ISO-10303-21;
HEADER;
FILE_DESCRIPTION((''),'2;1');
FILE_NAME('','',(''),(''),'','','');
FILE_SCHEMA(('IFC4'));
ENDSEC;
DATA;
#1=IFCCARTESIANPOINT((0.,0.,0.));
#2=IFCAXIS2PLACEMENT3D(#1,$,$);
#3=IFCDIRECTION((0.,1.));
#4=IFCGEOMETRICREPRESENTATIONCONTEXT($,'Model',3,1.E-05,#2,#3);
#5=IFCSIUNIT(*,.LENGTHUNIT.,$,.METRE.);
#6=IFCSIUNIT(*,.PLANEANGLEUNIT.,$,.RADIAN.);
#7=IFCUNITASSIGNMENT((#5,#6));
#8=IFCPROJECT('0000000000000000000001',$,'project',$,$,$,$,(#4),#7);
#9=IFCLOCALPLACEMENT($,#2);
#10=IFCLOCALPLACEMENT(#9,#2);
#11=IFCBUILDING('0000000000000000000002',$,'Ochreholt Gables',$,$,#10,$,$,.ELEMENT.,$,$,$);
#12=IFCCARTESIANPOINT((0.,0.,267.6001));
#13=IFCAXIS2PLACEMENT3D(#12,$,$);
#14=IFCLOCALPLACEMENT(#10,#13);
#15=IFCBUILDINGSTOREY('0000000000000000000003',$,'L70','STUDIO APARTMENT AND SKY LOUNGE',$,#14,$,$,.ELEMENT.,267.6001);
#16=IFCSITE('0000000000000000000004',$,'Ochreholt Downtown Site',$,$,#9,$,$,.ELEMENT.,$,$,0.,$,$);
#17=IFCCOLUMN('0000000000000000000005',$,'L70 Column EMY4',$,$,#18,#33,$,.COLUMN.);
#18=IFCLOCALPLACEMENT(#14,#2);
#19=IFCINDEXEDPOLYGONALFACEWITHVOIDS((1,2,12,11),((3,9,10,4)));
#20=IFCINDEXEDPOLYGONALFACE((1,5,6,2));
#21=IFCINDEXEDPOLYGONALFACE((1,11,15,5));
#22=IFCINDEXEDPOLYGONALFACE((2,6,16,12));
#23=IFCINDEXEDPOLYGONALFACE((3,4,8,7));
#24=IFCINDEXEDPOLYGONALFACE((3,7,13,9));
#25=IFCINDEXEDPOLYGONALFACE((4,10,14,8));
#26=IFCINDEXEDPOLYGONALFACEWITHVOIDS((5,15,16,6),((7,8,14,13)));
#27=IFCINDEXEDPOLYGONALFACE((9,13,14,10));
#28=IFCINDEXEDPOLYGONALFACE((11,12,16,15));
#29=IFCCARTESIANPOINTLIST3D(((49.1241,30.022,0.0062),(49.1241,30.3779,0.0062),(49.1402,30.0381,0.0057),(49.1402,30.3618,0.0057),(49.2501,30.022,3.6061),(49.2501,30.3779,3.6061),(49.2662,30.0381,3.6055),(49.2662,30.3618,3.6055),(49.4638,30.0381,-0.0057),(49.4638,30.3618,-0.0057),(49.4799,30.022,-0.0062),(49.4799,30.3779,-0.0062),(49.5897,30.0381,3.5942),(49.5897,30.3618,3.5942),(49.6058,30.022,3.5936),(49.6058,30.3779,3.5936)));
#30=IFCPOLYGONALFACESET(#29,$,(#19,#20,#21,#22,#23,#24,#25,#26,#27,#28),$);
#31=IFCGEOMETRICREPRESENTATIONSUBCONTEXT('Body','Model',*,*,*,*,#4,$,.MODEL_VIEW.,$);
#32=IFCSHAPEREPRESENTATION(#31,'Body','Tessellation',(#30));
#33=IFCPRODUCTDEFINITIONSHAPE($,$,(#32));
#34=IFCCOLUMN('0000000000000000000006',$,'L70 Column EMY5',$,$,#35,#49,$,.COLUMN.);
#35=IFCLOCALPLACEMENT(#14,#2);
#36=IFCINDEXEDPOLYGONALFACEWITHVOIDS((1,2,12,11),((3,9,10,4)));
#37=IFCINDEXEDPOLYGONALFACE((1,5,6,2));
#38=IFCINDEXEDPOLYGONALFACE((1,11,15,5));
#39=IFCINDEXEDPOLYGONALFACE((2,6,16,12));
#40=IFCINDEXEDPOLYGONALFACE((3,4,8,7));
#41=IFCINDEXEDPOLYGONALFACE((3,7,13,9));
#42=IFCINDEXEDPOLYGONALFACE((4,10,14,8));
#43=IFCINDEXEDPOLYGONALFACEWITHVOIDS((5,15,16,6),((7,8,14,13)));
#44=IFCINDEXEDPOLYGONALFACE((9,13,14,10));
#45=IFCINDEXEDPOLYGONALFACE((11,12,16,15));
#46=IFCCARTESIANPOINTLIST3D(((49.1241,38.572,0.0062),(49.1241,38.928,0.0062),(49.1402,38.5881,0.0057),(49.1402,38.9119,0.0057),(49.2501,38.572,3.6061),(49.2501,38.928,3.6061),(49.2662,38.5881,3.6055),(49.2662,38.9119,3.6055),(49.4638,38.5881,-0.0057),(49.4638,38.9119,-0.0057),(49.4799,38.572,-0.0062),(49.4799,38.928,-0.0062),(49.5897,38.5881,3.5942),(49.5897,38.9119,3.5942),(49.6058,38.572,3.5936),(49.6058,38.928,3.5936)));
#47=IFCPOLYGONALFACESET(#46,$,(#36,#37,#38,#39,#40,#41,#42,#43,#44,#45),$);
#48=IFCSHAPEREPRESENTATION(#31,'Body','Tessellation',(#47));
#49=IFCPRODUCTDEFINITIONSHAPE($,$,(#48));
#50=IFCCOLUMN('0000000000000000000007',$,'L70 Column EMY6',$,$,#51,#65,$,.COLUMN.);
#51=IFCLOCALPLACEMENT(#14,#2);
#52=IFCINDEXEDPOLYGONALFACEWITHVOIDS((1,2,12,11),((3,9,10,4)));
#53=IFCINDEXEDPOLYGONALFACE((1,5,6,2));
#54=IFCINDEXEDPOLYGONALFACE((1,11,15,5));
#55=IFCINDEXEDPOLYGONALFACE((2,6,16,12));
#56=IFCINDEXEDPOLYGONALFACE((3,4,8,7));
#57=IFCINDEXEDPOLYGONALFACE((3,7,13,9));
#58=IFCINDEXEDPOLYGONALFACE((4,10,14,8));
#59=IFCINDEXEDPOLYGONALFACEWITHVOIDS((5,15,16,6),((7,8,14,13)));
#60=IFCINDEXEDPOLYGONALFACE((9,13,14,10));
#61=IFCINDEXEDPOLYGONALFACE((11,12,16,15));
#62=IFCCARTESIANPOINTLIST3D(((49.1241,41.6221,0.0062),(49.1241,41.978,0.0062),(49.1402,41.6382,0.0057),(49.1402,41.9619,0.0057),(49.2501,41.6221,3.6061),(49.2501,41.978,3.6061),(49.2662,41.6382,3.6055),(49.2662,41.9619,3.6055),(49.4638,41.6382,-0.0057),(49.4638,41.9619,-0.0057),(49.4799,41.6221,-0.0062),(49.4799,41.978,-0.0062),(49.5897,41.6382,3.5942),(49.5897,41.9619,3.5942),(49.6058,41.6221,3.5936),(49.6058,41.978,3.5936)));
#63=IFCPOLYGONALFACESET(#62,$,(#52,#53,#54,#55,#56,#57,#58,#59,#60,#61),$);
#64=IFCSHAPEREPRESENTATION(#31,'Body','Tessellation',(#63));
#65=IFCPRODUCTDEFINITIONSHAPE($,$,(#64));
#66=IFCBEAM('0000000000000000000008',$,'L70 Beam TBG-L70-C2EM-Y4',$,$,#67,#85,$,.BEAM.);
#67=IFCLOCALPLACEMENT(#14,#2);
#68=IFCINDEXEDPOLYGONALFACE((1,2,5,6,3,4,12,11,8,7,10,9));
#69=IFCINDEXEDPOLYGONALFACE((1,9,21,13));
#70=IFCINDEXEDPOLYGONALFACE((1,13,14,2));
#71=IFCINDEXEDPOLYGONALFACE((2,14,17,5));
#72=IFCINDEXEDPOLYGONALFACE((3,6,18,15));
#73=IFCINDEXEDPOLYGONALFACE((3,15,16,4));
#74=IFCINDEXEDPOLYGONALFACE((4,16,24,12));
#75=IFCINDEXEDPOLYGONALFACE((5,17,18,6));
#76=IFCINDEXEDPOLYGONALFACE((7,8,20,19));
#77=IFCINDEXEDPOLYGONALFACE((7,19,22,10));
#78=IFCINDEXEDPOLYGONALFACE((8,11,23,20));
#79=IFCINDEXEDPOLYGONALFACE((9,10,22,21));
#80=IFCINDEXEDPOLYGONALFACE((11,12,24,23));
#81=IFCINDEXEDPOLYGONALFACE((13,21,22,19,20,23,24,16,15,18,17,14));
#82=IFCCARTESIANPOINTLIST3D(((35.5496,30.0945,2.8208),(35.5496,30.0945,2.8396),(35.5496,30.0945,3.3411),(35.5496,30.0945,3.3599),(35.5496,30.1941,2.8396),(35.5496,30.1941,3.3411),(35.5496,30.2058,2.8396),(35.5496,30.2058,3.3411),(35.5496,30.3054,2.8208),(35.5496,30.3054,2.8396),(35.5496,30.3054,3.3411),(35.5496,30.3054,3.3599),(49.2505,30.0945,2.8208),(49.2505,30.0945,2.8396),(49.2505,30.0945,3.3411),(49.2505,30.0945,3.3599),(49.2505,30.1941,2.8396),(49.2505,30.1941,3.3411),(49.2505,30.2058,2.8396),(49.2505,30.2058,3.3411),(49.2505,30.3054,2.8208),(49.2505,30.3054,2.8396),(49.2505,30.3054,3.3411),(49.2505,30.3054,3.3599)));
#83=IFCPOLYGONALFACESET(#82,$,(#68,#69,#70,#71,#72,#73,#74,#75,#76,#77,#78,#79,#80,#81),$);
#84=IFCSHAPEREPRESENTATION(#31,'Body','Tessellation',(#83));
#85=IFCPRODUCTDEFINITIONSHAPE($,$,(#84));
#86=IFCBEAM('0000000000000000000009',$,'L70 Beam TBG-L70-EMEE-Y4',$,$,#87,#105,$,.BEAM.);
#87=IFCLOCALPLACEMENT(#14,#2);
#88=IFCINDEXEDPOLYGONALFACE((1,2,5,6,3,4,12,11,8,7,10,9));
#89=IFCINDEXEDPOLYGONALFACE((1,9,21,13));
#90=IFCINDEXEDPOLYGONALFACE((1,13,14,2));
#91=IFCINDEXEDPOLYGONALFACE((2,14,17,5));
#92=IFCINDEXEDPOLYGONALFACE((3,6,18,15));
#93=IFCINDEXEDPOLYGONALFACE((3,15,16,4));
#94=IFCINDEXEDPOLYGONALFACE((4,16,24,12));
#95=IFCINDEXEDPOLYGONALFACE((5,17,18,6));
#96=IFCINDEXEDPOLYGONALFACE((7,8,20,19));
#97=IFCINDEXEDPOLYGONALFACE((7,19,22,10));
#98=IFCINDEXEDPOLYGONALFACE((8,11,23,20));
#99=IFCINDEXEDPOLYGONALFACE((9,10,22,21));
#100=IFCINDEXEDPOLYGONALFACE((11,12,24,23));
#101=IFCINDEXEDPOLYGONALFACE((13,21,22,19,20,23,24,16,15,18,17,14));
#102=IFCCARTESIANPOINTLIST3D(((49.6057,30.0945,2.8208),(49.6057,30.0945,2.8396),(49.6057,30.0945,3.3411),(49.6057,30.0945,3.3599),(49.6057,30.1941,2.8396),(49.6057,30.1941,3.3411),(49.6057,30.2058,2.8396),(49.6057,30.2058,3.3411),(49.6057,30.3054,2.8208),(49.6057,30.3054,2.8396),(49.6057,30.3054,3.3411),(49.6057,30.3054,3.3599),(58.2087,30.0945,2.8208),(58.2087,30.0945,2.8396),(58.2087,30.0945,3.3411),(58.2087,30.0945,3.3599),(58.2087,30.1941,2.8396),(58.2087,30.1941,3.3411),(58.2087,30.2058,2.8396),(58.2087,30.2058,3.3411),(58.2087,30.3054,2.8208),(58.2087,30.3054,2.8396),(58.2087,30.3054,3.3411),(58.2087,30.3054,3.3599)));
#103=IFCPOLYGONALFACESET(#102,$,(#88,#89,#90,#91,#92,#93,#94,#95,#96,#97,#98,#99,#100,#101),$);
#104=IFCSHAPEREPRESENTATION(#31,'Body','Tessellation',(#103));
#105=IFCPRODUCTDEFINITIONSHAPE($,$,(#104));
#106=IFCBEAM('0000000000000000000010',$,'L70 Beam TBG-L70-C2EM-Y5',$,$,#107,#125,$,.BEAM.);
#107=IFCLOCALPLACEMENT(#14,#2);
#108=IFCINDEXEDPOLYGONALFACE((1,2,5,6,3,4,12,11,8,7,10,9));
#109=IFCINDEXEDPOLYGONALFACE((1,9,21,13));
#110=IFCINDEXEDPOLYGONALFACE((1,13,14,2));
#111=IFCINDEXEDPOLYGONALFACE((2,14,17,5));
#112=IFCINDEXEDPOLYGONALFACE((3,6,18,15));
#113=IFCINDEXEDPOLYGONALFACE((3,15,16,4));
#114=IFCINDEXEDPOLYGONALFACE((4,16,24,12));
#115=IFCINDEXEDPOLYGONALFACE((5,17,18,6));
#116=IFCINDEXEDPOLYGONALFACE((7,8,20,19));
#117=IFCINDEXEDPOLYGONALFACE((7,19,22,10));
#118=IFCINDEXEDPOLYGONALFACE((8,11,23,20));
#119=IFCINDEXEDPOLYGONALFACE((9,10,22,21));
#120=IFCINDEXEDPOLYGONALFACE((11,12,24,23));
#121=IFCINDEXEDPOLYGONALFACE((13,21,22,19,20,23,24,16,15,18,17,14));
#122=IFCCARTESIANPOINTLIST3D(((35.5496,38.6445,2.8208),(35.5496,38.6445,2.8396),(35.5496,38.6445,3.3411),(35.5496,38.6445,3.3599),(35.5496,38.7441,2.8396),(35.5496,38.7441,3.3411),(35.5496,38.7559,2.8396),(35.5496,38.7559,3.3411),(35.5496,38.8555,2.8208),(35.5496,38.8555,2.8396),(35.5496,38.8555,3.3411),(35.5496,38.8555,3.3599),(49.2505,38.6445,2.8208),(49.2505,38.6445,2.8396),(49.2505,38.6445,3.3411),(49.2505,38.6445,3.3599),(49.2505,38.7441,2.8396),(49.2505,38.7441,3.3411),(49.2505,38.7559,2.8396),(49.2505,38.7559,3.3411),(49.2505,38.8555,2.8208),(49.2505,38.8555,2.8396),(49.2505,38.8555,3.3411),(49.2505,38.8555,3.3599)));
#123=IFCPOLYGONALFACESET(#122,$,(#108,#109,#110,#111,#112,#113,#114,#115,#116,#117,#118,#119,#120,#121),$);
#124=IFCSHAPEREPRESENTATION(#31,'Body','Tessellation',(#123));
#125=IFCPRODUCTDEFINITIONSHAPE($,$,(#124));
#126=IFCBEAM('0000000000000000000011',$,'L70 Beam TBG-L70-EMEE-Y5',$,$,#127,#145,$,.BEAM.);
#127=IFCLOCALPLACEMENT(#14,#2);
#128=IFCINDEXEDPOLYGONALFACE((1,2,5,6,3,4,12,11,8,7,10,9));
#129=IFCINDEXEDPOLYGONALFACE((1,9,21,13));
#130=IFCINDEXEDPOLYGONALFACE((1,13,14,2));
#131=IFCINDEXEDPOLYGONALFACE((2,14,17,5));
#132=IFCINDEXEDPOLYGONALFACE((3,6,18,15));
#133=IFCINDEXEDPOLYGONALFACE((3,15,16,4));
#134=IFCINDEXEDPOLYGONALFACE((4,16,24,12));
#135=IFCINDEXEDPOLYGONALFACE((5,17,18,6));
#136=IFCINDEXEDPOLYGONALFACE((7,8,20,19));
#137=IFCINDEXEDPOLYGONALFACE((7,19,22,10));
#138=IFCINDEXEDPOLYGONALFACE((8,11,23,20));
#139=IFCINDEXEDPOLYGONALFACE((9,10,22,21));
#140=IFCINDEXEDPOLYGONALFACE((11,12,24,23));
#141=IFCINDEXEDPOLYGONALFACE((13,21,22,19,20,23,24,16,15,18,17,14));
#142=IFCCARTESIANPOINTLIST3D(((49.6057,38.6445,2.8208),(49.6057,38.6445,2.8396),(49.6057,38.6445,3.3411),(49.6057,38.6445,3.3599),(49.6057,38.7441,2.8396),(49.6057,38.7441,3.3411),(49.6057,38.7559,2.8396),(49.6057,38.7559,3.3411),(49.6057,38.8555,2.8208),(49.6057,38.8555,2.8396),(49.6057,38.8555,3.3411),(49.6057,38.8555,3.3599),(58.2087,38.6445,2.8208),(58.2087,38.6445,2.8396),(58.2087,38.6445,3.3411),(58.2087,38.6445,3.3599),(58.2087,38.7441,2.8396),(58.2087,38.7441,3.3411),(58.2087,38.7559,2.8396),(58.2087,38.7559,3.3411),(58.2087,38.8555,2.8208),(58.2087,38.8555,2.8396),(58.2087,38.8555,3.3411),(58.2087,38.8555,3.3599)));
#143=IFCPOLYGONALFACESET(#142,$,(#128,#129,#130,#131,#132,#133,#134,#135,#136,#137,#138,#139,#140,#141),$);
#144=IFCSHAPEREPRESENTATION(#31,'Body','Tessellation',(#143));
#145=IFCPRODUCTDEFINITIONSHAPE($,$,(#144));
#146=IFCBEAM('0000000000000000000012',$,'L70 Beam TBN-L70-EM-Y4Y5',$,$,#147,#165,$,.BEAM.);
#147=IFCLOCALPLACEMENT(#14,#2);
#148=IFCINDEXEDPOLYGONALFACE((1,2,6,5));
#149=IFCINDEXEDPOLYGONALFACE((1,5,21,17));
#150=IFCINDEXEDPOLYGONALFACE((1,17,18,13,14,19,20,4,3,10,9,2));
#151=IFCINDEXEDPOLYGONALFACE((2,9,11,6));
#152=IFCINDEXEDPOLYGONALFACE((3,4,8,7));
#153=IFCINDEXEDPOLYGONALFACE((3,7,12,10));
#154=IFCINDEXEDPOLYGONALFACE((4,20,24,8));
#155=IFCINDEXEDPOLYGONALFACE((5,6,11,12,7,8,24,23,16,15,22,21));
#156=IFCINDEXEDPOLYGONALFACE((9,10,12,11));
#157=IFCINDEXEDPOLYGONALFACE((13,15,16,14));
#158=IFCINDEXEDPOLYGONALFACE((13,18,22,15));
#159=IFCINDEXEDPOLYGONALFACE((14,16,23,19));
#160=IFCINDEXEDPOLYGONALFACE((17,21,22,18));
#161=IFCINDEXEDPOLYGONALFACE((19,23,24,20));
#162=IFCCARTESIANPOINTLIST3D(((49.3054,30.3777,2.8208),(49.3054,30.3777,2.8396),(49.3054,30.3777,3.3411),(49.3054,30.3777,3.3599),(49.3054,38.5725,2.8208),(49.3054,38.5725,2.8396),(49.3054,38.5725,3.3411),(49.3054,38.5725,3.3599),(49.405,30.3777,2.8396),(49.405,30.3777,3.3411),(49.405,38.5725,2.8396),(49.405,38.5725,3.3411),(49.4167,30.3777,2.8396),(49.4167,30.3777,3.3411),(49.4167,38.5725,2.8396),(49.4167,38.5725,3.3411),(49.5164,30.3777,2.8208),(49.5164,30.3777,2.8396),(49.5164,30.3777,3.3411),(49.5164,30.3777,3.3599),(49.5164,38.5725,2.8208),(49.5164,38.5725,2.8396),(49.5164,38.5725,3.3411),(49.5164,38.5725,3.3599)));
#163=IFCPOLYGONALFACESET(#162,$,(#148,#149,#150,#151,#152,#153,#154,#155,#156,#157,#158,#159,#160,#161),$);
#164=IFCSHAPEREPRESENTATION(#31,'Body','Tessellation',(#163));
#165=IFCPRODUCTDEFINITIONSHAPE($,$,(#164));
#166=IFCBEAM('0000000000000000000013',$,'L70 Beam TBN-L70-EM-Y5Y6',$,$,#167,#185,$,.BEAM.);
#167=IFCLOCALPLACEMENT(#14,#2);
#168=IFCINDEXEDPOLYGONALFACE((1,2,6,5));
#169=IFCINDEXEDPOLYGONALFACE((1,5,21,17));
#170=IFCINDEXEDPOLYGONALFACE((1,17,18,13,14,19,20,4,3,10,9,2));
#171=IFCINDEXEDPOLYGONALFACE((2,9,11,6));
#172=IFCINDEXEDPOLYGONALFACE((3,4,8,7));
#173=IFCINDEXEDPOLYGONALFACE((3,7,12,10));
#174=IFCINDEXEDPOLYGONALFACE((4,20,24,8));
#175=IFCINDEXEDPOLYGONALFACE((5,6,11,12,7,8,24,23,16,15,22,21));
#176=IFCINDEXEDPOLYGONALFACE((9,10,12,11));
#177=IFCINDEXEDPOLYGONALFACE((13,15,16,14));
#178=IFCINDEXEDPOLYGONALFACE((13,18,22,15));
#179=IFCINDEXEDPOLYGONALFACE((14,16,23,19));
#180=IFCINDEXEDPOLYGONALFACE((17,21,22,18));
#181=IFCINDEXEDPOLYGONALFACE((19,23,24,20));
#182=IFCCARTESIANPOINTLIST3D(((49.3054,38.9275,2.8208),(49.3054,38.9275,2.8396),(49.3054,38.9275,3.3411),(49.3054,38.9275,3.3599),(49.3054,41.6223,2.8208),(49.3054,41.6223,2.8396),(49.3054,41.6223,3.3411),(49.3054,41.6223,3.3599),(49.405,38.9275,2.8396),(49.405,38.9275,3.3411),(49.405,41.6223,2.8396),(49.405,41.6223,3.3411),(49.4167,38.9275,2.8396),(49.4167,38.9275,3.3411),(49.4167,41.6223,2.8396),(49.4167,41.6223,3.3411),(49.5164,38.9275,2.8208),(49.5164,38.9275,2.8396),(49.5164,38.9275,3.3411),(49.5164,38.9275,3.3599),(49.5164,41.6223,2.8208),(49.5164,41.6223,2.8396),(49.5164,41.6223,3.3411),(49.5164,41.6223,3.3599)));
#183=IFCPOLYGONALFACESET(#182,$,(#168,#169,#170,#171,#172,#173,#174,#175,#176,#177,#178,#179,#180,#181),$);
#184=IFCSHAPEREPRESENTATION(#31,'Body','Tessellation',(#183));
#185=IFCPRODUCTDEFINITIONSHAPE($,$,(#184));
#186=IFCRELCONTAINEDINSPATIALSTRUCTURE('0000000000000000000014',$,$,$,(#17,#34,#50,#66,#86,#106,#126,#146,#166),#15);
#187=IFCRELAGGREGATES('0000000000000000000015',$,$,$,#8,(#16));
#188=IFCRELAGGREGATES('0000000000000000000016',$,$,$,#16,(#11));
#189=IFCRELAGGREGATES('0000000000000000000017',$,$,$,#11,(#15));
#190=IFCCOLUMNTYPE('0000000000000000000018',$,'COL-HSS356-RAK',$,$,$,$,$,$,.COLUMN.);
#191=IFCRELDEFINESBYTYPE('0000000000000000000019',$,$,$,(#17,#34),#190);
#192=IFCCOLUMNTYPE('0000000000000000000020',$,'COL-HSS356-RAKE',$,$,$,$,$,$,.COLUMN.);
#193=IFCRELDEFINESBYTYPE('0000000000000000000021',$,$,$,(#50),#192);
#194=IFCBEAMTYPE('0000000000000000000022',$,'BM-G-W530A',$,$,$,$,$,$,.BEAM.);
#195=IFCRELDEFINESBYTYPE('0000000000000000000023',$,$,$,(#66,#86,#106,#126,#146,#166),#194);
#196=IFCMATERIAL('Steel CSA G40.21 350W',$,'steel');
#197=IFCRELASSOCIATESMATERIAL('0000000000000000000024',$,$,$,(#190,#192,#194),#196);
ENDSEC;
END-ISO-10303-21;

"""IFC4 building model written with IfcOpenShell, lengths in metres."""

from ifc_helpers import new_model, si_unit, direction, frame, origin, origin_2d, place, context, subcontext, project, spatial, hollow_rectangle, i_section, extrude, material, material_profile, profile_set, type_object, element, save


model = new_model("IFC4")

# Units and contexts
model_context = context("Model", 3, precision=1e-05, world=origin(), true_north=direction((0.0, 1.0)))
body_context = subcontext(model_context, "Body", "Model", "MODEL_VIEW")
ifc_project = project(units=[si_unit("LENGTHUNIT", "METRE"), si_unit("PLANEANGLEUNIT", "RADIAN")], contexts=[model_context])

# Site, building, storey
site_placement = place(None, origin())
site = spatial("IfcSite", under=ifc_project, at=site_placement, Name="Ochreholt Downtown Site", CompositionType="ELEMENT", RefElevation=0.0)
building_placement = place(site_placement, origin())
building = spatial("IfcBuilding", under=site, at=building_placement, Name="Ochreholt Gables", CompositionType="ELEMENT")
storey_placement = place(building_placement, frame((0.0, 0.0, 267.6001)))
storey = spatial("IfcBuildingStorey", under=building, at=storey_placement, Name="L70", Description="STUDIO APARTMENT AND SKY LOUNGE", CompositionType="ELEMENT", Elevation=267.6001)

# Columns
ifc_material_1 = material(Name="Steel CSA G40.21 350W", Category="steel")
ifc_material_profile_1 = material_profile(ifc_material_1, hollow_rectangle(XDim=0.356, YDim=0.356, WallThickness=0.0161, at=origin_2d()), Name="HSS356X356X16")
ifc_profile_set_1 = profile_set([ifc_material_profile_1], Name="Steel CSA G40.21 350W")
column_type_1 = type_object("IfcColumnType", Name="COL-HSS356-RAK", PredefinedType="COLUMN", material=ifc_profile_set_1)
for number, where, z_axis, x_axis, name in (
    (1, (49.302, 30.2, 0.0), (0.034974, 0.0, 0.999388), (0.0, 1.0, 0.0), "L70 Column EMY4"),
    (2, (49.302, 38.75, 0.0), (0.034974, 0.0, 0.999388), (0.0, 1.0, 0.0), "L70 Column EMY5"),
):
    element("IfcColumn", number, at=place(storey_placement, frame(where, z_axis=z_axis, x_axis=x_axis)), inside=storey, type_object=column_type_1, Name=name, PredefinedType="COLUMN", context=body_context, shape_type="SweptSolid", body=[
        extrude(hollow_rectangle(XDim=0.356, YDim=0.356, WallThickness=0.0161, at=origin_2d()), origin(), (0.0, 0.0, 1.0), 3.6021),
    ])
ifc_material_profile_2 = material_profile(ifc_material_1, hollow_rectangle(XDim=0.356, YDim=0.356, WallThickness=0.0161, at=origin_2d()), Name="HSS356X356X16")
ifc_profile_set_2 = profile_set([ifc_material_profile_2], Name="Steel CSA G40.21 350W")
column_type_2 = type_object("IfcColumnType", Name="COL-HSS356-RAKE", PredefinedType="COLUMN", material=ifc_profile_set_2)
column_placement = place(storey_placement, frame((49.302, 41.8, 0.0), z_axis=(0.034974, 0.0, 0.999388), x_axis=(0.0, 1.0, 0.0)))
element("IfcColumn", 3, at=column_placement, inside=storey, type_object=column_type_2, Name="L70 Column EMY6", PredefinedType="COLUMN", context=body_context, shape_type="SweptSolid", body=[
    extrude(hollow_rectangle(XDim=0.356, YDim=0.356, WallThickness=0.0161, at=origin_2d()), origin(), (0.0, 0.0, 1.0), 3.6021),
])

# Beams
ifc_material_profile_3 = material_profile(ifc_material_1, i_section(OverallWidth=0.2109, OverallDepth=0.5391, WebThickness=0.0117, FlangeThickness=0.0188, at=origin_2d()), Name="W530X109")
ifc_profile_set_3 = profile_set([ifc_material_profile_3], Name="Steel CSA G40.21 350W")
beam_type_1 = type_object("IfcBeamType", Name="BM-G-W530A", PredefinedType="BEAM", material=ifc_profile_set_3)
beam_1_placement = place(storey_placement, frame((35.5496, 30.2, 3.0903), z_axis=(1.0, 0.0, 0.0), x_axis=(0.0, 1.0, 0.0)))
element("IfcBeam", 4, at=beam_1_placement, inside=storey, type_object=beam_type_1, Name="L70 Beam TBG-L70-C2EM-Y4", PredefinedType="BEAM", context=body_context, shape_type="SweptSolid", body=[
    extrude(i_section(OverallWidth=0.2109, OverallDepth=0.5391, WebThickness=0.0117, FlangeThickness=0.0188, at=origin_2d()), origin(), (0.0, 0.0, 1.0), 13.7009),
])
beam_2_placement = place(storey_placement, frame((49.6057, 30.2, 3.0903), z_axis=(1.0, 0.0, 0.0), x_axis=(0.0, 1.0, 0.0)))
element("IfcBeam", 5, at=beam_2_placement, inside=storey, type_object=beam_type_1, Name="L70 Beam TBG-L70-EMEE-Y4", PredefinedType="BEAM", context=body_context, shape_type="SweptSolid", body=[
    extrude(i_section(OverallWidth=0.2109, OverallDepth=0.5391, WebThickness=0.0117, FlangeThickness=0.0188, at=origin_2d()), origin(), (0.0, 0.0, 1.0), 8.603),
])
beam_3_placement = place(storey_placement, frame((35.5496, 38.75, 3.0903), z_axis=(1.0, 0.0, 0.0), x_axis=(0.0, 1.0, 0.0)))
element("IfcBeam", 6, at=beam_3_placement, inside=storey, type_object=beam_type_1, Name="L70 Beam TBG-L70-C2EM-Y5", PredefinedType="BEAM", context=body_context, shape_type="SweptSolid", body=[
    extrude(i_section(OverallWidth=0.2109, OverallDepth=0.5391, WebThickness=0.0117, FlangeThickness=0.0188, at=origin_2d()), origin(), (0.0, 0.0, 1.0), 13.7009),
])
beam_4_placement = place(storey_placement, frame((49.6057, 38.75, 3.0903), z_axis=(1.0, 0.0, 0.0), x_axis=(0.0, 1.0, 0.0)))
element("IfcBeam", 7, at=beam_4_placement, inside=storey, type_object=beam_type_1, Name="L70 Beam TBG-L70-EMEE-Y5", PredefinedType="BEAM", context=body_context, shape_type="SweptSolid", body=[
    extrude(i_section(OverallWidth=0.2109, OverallDepth=0.5391, WebThickness=0.0117, FlangeThickness=0.0188, at=origin_2d()), origin(), (0.0, 0.0, 1.0), 8.603),
])
beam_5_placement = place(storey_placement, frame((49.4109, 30.3777, 3.0903), z_axis=(0.0, 1.0, 0.0), x_axis=(-1.0, 0.0, 0.0)))
element("IfcBeam", 8, at=beam_5_placement, inside=storey, type_object=beam_type_1, Name="L70 Beam TBN-L70-EM-Y4Y5", PredefinedType="BEAM", context=body_context, shape_type="SweptSolid", body=[
    extrude(i_section(OverallWidth=0.2109, OverallDepth=0.5391, WebThickness=0.0117, FlangeThickness=0.0188, at=origin_2d()), origin(), (0.0, 0.0, 1.0), 8.1948),
])
beam_6_placement = place(storey_placement, frame((49.4109, 38.9275, 3.0903), z_axis=(0.0, 1.0, 0.0), x_axis=(-1.0, 0.0, 0.0)))
element("IfcBeam", 9, at=beam_6_placement, inside=storey, type_object=beam_type_1, Name="L70 Beam TBN-L70-EM-Y5Y6", PredefinedType="BEAM", context=body_context, shape_type="SweptSolid", body=[
    extrude(i_section(OverallWidth=0.2109, OverallDepth=0.5391, WebThickness=0.0117, FlangeThickness=0.0188, at=origin_2d()), origin(), (0.0, 0.0, 1.0), 2.6948),
])

save(model, "model.ifc")
